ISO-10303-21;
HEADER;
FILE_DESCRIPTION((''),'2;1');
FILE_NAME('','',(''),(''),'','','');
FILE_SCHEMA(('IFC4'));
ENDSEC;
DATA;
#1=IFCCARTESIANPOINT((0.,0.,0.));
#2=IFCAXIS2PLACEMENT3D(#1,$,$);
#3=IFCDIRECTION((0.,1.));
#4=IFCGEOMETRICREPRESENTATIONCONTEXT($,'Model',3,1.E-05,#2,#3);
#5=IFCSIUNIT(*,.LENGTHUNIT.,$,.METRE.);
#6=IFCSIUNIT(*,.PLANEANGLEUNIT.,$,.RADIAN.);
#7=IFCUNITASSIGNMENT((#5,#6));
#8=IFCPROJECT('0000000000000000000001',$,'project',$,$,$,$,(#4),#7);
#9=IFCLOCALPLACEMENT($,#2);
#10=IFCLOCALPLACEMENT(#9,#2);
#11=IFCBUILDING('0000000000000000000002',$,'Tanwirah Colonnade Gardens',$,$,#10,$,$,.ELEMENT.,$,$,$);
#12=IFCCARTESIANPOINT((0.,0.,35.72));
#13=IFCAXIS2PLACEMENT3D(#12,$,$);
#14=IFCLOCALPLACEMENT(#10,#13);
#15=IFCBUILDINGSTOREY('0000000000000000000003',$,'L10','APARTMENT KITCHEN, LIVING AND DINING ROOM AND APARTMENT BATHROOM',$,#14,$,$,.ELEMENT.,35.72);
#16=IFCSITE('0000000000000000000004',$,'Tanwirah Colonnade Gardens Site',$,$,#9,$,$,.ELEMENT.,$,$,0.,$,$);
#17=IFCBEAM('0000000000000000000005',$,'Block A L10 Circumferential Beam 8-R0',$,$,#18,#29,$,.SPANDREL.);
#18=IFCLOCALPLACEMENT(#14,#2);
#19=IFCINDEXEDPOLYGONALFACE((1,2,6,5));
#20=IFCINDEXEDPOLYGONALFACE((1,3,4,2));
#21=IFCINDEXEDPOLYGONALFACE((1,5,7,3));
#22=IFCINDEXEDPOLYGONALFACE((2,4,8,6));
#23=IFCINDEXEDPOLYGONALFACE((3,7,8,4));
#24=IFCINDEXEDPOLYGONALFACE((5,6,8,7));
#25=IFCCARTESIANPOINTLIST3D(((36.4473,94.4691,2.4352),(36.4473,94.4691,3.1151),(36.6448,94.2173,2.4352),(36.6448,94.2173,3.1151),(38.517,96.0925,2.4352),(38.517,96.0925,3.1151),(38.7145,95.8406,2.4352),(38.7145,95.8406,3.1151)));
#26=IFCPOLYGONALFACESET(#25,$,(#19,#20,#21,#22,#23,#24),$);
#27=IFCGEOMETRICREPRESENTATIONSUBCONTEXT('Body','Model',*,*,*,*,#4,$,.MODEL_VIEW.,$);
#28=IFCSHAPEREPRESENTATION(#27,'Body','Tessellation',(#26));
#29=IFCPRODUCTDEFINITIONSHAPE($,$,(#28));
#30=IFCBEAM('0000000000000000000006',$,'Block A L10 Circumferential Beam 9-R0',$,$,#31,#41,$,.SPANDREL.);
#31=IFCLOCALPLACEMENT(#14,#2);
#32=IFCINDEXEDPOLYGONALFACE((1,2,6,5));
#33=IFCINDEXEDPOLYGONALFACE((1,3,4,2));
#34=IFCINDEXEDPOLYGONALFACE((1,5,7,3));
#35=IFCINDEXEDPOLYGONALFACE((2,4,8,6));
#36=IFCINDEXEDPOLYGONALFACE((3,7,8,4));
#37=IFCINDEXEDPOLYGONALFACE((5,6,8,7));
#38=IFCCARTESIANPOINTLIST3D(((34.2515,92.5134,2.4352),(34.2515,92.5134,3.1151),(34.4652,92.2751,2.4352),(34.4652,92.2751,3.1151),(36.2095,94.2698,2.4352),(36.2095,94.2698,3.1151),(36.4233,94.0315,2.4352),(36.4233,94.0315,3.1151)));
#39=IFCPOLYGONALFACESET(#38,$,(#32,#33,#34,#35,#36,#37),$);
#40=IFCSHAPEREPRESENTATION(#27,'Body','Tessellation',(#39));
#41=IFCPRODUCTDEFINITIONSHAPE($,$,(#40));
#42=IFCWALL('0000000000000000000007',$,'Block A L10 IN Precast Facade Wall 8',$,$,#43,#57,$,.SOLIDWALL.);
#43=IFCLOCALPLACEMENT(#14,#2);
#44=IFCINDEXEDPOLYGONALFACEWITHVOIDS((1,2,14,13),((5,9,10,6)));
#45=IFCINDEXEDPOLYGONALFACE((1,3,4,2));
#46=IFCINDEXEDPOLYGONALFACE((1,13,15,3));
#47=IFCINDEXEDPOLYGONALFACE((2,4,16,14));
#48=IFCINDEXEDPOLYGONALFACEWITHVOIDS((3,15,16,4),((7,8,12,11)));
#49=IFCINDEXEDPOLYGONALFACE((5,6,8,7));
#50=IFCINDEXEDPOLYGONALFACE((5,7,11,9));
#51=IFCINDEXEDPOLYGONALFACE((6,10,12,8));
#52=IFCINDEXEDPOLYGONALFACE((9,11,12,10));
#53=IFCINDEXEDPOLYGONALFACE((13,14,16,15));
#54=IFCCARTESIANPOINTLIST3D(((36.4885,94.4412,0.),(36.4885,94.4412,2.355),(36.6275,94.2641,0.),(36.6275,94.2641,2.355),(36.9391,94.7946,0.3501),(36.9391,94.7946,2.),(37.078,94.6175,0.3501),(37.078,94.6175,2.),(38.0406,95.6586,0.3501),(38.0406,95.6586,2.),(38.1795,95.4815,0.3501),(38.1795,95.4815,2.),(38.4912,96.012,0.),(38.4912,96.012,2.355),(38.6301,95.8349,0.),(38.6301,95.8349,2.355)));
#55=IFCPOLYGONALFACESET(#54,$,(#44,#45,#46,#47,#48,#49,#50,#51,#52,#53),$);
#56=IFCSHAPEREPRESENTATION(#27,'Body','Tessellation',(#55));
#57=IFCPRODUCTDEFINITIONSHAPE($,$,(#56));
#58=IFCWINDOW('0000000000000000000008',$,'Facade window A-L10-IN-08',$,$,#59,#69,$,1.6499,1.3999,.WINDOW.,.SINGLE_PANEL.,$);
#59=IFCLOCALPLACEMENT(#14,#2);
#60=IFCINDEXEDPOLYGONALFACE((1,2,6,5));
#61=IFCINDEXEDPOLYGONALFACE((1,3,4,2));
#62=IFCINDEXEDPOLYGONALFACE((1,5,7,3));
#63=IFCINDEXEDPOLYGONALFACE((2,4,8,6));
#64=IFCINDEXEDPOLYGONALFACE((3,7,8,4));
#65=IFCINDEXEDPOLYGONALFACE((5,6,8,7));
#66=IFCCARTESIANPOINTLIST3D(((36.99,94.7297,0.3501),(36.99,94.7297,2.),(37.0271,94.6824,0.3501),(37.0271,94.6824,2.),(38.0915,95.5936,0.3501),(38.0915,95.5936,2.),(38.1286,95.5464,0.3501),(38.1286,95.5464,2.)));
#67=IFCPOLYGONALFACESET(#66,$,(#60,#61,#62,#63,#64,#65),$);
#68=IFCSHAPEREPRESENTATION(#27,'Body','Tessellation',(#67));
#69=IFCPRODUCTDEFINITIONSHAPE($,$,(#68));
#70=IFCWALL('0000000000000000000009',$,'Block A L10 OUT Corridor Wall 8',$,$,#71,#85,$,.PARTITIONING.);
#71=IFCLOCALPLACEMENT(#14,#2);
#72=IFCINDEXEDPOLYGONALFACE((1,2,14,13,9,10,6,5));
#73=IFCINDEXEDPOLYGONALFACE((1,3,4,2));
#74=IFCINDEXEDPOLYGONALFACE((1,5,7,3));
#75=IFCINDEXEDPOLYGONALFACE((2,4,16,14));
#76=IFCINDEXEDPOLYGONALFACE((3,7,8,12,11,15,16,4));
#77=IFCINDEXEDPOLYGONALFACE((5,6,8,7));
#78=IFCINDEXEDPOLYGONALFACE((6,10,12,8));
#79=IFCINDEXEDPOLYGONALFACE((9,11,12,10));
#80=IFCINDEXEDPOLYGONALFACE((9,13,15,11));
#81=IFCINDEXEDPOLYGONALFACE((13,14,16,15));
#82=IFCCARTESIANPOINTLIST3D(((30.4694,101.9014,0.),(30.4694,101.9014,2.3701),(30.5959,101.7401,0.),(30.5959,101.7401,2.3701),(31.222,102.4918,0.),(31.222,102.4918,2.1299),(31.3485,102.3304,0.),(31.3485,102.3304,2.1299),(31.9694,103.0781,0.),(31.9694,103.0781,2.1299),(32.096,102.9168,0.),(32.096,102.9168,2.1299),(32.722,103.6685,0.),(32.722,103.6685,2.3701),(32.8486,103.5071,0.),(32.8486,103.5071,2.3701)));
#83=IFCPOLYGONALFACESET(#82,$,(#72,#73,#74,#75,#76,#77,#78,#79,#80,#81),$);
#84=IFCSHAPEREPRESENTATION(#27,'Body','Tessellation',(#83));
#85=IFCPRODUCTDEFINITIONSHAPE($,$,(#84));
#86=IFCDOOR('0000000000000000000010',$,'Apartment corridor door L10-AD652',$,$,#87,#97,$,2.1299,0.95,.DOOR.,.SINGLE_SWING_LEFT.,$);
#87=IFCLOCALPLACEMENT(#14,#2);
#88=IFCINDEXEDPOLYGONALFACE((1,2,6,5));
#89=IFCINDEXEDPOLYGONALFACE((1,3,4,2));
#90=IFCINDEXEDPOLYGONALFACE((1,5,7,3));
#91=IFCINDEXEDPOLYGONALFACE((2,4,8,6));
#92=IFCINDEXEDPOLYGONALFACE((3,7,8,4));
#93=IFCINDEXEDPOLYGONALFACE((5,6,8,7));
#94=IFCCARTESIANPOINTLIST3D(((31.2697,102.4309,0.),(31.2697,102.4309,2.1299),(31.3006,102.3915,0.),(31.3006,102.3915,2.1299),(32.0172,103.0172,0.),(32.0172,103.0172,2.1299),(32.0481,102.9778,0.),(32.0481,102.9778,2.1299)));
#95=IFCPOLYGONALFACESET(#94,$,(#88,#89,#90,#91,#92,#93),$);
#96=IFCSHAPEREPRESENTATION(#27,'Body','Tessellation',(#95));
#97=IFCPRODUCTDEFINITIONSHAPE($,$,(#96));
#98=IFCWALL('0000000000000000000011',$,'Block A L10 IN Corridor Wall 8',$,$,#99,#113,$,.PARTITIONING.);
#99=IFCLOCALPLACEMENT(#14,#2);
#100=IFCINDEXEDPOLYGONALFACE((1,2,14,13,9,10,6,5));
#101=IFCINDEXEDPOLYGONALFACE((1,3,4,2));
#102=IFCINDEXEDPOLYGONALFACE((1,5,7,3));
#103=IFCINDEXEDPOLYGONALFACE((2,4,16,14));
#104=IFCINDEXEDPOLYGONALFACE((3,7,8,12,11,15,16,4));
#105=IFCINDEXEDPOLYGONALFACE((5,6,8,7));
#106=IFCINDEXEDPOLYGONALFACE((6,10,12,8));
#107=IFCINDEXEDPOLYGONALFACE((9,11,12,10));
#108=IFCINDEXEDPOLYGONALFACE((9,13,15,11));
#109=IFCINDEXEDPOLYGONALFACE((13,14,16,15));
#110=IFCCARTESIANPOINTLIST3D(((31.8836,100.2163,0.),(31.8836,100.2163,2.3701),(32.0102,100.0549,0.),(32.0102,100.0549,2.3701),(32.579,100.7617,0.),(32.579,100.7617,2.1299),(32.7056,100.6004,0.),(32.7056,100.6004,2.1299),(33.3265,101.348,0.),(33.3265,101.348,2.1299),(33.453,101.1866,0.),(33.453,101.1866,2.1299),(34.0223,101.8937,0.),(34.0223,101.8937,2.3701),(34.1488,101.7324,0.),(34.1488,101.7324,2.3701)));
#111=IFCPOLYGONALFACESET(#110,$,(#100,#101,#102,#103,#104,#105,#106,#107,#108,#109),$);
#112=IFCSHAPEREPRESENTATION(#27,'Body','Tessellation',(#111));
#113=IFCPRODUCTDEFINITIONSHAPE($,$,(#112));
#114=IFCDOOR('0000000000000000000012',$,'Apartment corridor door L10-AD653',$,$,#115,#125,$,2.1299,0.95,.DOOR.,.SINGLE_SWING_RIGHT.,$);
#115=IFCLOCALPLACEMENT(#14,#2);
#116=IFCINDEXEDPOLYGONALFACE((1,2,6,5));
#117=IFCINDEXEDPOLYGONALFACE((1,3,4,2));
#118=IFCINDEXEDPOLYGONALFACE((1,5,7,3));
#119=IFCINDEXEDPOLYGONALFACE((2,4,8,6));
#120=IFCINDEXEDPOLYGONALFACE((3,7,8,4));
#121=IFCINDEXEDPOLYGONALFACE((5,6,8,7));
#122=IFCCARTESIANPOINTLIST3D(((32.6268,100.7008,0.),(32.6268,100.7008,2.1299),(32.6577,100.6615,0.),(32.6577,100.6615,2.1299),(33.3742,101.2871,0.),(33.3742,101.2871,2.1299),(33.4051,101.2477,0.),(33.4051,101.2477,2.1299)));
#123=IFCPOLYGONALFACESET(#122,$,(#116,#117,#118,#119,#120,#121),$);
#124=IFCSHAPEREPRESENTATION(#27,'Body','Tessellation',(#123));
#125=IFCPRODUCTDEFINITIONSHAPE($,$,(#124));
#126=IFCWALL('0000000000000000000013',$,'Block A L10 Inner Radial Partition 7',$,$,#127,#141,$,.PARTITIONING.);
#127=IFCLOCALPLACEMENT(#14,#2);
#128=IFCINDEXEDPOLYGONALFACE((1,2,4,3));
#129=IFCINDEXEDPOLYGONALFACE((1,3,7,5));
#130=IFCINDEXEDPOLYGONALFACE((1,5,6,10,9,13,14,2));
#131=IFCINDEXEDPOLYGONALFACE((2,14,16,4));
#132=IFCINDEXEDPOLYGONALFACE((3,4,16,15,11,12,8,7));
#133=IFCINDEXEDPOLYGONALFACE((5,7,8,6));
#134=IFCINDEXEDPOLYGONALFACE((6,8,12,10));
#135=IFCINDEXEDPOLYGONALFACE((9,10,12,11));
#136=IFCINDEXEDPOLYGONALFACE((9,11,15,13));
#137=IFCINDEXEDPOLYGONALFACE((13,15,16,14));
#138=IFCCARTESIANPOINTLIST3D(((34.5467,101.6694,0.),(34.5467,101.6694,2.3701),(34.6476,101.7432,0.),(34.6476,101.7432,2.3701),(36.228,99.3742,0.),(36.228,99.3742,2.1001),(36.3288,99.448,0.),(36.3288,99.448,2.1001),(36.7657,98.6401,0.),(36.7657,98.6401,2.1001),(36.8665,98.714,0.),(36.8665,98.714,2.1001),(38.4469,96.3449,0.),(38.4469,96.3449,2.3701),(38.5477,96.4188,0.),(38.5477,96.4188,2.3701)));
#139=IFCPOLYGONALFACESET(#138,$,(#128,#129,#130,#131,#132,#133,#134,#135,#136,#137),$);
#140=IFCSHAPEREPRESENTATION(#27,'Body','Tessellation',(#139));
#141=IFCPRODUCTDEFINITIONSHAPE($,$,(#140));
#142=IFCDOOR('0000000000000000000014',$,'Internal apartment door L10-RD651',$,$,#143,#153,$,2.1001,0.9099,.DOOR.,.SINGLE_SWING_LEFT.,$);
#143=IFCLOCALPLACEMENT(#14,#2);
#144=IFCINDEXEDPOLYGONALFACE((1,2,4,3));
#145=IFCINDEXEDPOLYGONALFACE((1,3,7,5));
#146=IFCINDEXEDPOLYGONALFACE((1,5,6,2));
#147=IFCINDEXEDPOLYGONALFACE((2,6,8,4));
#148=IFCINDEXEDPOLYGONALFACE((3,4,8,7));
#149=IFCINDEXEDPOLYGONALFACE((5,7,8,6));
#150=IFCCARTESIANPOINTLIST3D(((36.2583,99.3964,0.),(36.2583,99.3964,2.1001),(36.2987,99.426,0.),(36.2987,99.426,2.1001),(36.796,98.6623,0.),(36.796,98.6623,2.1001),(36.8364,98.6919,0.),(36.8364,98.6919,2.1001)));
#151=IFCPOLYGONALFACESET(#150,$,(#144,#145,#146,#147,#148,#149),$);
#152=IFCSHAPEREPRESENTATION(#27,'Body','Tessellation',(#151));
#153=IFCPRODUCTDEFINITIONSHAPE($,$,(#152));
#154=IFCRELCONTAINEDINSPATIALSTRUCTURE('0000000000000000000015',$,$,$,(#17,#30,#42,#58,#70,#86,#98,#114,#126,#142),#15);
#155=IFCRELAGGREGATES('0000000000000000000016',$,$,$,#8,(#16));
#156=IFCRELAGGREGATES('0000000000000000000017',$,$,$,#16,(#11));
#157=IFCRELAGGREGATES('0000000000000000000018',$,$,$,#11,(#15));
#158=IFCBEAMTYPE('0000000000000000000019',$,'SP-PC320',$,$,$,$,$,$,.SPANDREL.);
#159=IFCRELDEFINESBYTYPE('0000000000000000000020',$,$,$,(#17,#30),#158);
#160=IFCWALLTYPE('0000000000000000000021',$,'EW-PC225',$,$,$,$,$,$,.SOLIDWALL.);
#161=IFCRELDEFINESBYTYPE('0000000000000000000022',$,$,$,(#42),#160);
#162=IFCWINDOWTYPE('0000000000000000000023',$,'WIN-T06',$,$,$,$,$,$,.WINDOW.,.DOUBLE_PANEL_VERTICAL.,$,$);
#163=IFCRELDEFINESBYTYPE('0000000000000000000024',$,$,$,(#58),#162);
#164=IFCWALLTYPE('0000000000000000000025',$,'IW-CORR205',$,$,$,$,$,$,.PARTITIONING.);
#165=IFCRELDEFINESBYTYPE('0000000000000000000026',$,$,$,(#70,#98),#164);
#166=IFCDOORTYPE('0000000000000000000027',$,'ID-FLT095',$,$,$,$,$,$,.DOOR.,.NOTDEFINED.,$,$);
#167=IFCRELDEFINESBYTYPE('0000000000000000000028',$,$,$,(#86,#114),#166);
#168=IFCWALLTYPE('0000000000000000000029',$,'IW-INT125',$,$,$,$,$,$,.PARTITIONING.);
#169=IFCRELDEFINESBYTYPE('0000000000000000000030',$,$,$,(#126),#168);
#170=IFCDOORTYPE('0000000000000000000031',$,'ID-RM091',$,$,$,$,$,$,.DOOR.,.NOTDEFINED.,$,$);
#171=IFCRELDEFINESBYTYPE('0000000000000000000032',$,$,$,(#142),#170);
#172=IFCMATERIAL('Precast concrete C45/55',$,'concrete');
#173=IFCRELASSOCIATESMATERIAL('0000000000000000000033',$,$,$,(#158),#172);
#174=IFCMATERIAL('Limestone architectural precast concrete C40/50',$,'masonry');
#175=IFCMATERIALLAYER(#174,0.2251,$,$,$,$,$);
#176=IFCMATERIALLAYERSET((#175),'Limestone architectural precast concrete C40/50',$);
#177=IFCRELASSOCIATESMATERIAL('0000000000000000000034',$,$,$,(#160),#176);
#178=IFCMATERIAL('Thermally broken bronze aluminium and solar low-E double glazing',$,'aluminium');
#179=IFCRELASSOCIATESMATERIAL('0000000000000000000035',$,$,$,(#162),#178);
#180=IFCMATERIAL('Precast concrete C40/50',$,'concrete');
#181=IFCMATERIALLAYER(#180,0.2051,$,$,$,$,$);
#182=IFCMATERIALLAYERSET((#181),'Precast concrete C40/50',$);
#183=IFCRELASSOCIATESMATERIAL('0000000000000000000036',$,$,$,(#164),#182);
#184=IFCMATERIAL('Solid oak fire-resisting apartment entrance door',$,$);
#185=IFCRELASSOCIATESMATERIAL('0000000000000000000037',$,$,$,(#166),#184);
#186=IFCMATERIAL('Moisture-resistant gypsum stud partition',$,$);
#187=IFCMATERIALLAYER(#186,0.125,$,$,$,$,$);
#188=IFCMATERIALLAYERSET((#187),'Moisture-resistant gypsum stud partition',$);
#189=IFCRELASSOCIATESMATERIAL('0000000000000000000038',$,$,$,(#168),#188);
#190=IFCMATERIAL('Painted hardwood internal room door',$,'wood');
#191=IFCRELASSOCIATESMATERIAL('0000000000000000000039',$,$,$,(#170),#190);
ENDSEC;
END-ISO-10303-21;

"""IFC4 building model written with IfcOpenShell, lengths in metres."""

from ifc_helpers import new_model, si_unit, direction, frame, frame_2d, origin, origin_2d, place, context, subcontext, project, spatial, rectangle, extrude, material, layer, layer_set, material_profile, profile_set, type_object, element, fill, save


model = new_model("IFC4")

# Units and contexts
model_context = context("Model", 3, precision=1e-05, world=origin(), true_north=direction((0.0, 1.0)))
body_context = subcontext(model_context, "Body", "Model", "MODEL_VIEW")
ifc_project = project(units=[si_unit("LENGTHUNIT", "METRE"), si_unit("PLANEANGLEUNIT", "RADIAN")], contexts=[model_context])

# Site, building, storey
site_placement = place(None, origin())
site = spatial("IfcSite", under=ifc_project, at=site_placement, Name="Tanwirah Colonnade Gardens Site", CompositionType="ELEMENT", RefElevation=0.0)
building_placement = place(site_placement, origin())
building = spatial("IfcBuilding", under=site, at=building_placement, Name="Tanwirah Colonnade Gardens", CompositionType="ELEMENT")
storey_placement = place(building_placement, frame((0.0, 0.0, 35.72)))
storey = spatial("IfcBuildingStorey", under=building, at=storey_placement, Name="L10", Description="APARTMENT KITCHEN, LIVING AND DINING ROOM AND APARTMENT BATHROOM", CompositionType="ELEMENT", Elevation=35.72)

# Shared definitions
ifc_material_1 = material(Name="Precast concrete C40/50", Category="concrete")

# Beams
ifc_material_2 = material(Name="Precast concrete C45/55", Category="concrete")
ifc_material_profile_1 = material_profile(ifc_material_2, rectangle(XDim=0.3201, YDim=0.6799, at=origin_2d()), Name="PC-SP 320x680")
ifc_profile_set_1 = profile_set([ifc_material_profile_1], Name="Precast concrete C45/55")
beam_type_1 = type_object("IfcBeamType", Name="SP-PC320", PredefinedType="SPANDREL", material=ifc_profile_set_1)
for number, where, z_axis, x_axis, name in (
    (1, (38.6157, 95.9666, 2.7751), (-0.786837, -0.617161, 0.0), (0.617161, -0.786837, 0.0), "Block A L10 Circumferential Beam 8-R0"),
    (2, (36.3164, 94.1506, 2.7751), (-0.744401, -0.667733, 0.0), (0.667733, -0.744401, 0.0), "Block A L10 Circumferential Beam 9-R0"),
):
    element("IfcBeam", number, at=place(storey_placement, frame(where, z_axis=z_axis, x_axis=x_axis)), inside=storey, type_object=beam_type_1, Name=name, PredefinedType="SPANDREL", context=body_context, shape_type="SweptSolid", body=[
        extrude(rectangle(XDim=0.3201, YDim=0.6799, at=origin_2d()), origin(), (0.0, 0.0, 1.0), 2.6304),
    ])

# Wall, opening, window
ifc_material_3 = material(Name="Limestone architectural precast concrete C40/50", Category="masonry")
ifc_layer_1 = layer(ifc_material_3, 0.2251)
ifc_layer_set_1 = layer_set([ifc_layer_1], Name="Limestone architectural precast concrete C40/50")
wall_type_1 = type_object("IfcWallType", Name="EW-PC225", PredefinedType="SOLIDWALL", material=ifc_layer_set_1)
wall_1_placement = place(storey_placement, frame((38.5605, 95.9233, 0.0), z_axis=(0.0, 0.0, 1.0), x_axis=(-0.786841, -0.617156, 0.0)))
wall_1 = element("IfcWall", 3, at=wall_1_placement, inside=storey, type_object=wall_type_1, Name="Block A L10 IN Precast Facade Wall 8", PredefinedType="SOLIDWALL", context=body_context, shape_type="SweptSolid", body=[
    extrude(rectangle(XDim=2.5452, YDim=0.2251, at=frame_2d((1.2725, 0.0))), origin(), (0.0, 0.0, 1.0), 2.355),
])
opening_1_placement = place(wall_1_placement, frame((0.5725, 0.0, 0.3501)))
opening_1 = element("IfcOpeningElement", 4, at=opening_1_placement, cuts=wall_1, PredefinedType="OPENING", context=body_context, shape_type="SweptSolid", body=[
    extrude(rectangle(XDim=1.3999, YDim=1.6499, at=frame_2d((0.7, 0.825))), frame((0.0, 0.1226, 0.0), z_axis=(0.0, -1.0, 0.0), x_axis=(1.0, 0.0, 0.0)), (0.0, 0.0, 1.0), 0.2451),
])
ifc_material_4 = material(Name="Thermally broken bronze aluminium and solar low-E double glazing", Category="aluminium")
window_type = type_object("IfcWindowType", Name="WIN-T06", PartitioningType="DOUBLE_PANEL_VERTICAL", PredefinedType="WINDOW", material=ifc_material_4)
window_placement = place(opening_1_placement, origin())
window = element("IfcWindow", 5, at=window_placement, inside=storey, type_object=window_type, Name="Facade window A-L10-IN-08", OverallHeight=1.6499, OverallWidth=1.3999, PartitioningType="SINGLE_PANEL", PredefinedType="WINDOW", context=body_context, shape_type="SweptSolid", body=[
    extrude(rectangle(XDim=1.3999, YDim=1.6499, at=frame_2d((0.7, 0.825))), frame((0.0, 0.03, 0.0), z_axis=(0.0, -1.0, 0.0), x_axis=(1.0, 0.0, 0.0)), (0.0, 0.0, 1.0), 0.0601),
])
fill(opening_1, window)

# Walls, openings, doors
ifc_layer_2 = layer(ifc_material_1, 0.2051)
ifc_layer_set_2 = layer_set([ifc_layer_2], Name="Precast concrete C40/50")
wall_type_2 = type_object("IfcWallType", Name="IW-CORR205", PredefinedType="PARTITIONING", material=ifc_layer_set_2)
ifc_material_5 = material(Name="Solid oak fire-resisting apartment entrance door")
wall_2_placement = place(storey_placement, frame((32.7854, 103.5879, 0.0), z_axis=(0.0, 0.0, 1.0), x_axis=(-0.786806, -0.6172, 0.0)))
wall_2 = element("IfcWall", 6, at=wall_2_placement, inside=storey, type_object=wall_type_2, Name="Block A L10 OUT Corridor Wall 8", PredefinedType="PARTITIONING", context=body_context, shape_type="SweptSolid", body=[
    extrude(rectangle(XDim=2.863, YDim=0.2051, at=frame_2d((1.4316, 0.0))), origin(), (0.0, 0.0, 1.0), 2.3701),
])
opening_2_placement = place(wall_2_placement, frame((0.9565, 0.0, 0.0)))
opening_2 = element("IfcOpeningElement", 7, at=opening_2_placement, cuts=wall_2, PredefinedType="OPENING", context=body_context, shape_type="SweptSolid", body=[
    extrude(rectangle(XDim=0.95, YDim=2.1299, at=frame_2d((0.4751, 1.0649))), frame((0.0, 0.1125, 0.0), z_axis=(0.0, -1.0, 0.0), x_axis=(1.0, 0.0, 0.0)), (0.0, 0.0, 1.0), 0.2251),
])
door_type_1 = type_object("IfcDoorType", Name="ID-FLT095", OperationType="NOTDEFINED", PredefinedType="DOOR", material=ifc_material_5)
door_1_placement = place(opening_2_placement, origin())
door_1 = element("IfcDoor", 8, at=door_1_placement, inside=storey, type_object=door_type_1, Name="Apartment corridor door L10-AD652", OperationType="SINGLE_SWING_LEFT", OverallHeight=2.1299, OverallWidth=0.95, PredefinedType="DOOR", context=body_context, shape_type="SweptSolid", body=[
    extrude(rectangle(XDim=0.95, YDim=2.1299, at=frame_2d((0.4751, 1.0649))), frame((0.0, 0.0249, 0.0), z_axis=(0.0, -1.0, 0.0), x_axis=(1.0, 0.0, 0.0)), (0.0, 0.0, 1.0), 0.05),
])
fill(opening_2, door_1)
wall_3_placement = place(storey_placement, frame((34.0854, 101.813, 0.0), z_axis=(0.0, 0.0, 1.0), x_axis=(-0.786835, -0.617163, 0.0)))
wall_3 = element("IfcWall", 9, at=wall_3_placement, inside=storey, type_object=wall_type_2, Name="Block A L10 IN Corridor Wall 8", PredefinedType="PARTITIONING", context=body_context, shape_type="SweptSolid", body=[
    extrude(rectangle(XDim=2.718, YDim=0.2051, at=frame_2d((1.3589, 0.0))), origin(), (0.0, 0.0, 1.0), 2.3701),
])
opening_3_placement = place(wall_3_placement, frame((0.884, 0.0, 0.0)))
opening_3 = element("IfcOpeningElement", 10, at=opening_3_placement, cuts=wall_3, PredefinedType="OPENING", context=body_context, shape_type="SweptSolid", body=[
    extrude(rectangle(XDim=0.95, YDim=2.1299, at=frame_2d((0.4751, 1.0649))), frame((0.0, 0.1125, 0.0), z_axis=(0.0, -1.0, 0.0), x_axis=(1.0, 0.0, 0.0)), (0.0, 0.0, 1.0), 0.2251),
])
door_2_placement = place(opening_3_placement, origin())
door_2 = element("IfcDoor", 11, at=door_2_placement, inside=storey, type_object=door_type_1, Name="Apartment corridor door L10-AD653", OperationType="SINGLE_SWING_RIGHT", OverallHeight=2.1299, OverallWidth=0.95, PredefinedType="DOOR", context=body_context, shape_type="SweptSolid", body=[
    extrude(rectangle(XDim=0.95, YDim=2.1299, at=frame_2d((0.4751, 1.0649))), frame((0.0, 0.0249, 0.0), z_axis=(0.0, -1.0, 0.0), x_axis=(1.0, 0.0, 0.0)), (0.0, 0.0, 1.0), 0.05),
])
fill(opening_3, door_2)
ifc_material_6 = material(Name="Moisture-resistant gypsum stud partition")
ifc_layer_3 = layer(ifc_material_6, 0.125)
ifc_layer_set_3 = layer_set([ifc_layer_3], Name="Moisture-resistant gypsum stud partition")
wall_type_3 = type_object("IfcWallType", Name="IW-INT125", PredefinedType="PARTITIONING", material=ifc_layer_set_3)
wall_4_placement = place(storey_placement, frame((38.4973, 96.3818, 0.0), z_axis=(0.0, 0.0, 1.0), x_axis=(-0.590924, 0.806727, 0.0)))
wall_4 = element("IfcWall", 12, at=wall_4_placement, inside=storey, type_object=wall_type_3, Name="Block A L10 Inner Radial Partition 7", PredefinedType="PARTITIONING", context=body_context, shape_type="SweptSolid", body=[
    extrude(rectangle(XDim=6.6001, YDim=0.125, at=frame_2d((3.3, 0.0))), origin(), (0.0, 0.0, 1.0), 2.3701),
])
opening_4_placement = place(wall_4_placement, frame((2.845, 0.0, 0.0)))
opening_4 = element("IfcOpeningElement", 13, at=opening_4_placement, cuts=wall_4, PredefinedType="OPENING", context=body_context, shape_type="SweptSolid", body=[
    extrude(rectangle(XDim=0.9099, YDim=2.1001, at=frame_2d((0.4551, 1.05))), frame((0.0, 0.0725, 0.0), z_axis=(0.0, -1.0, 0.0), x_axis=(1.0, 0.0, 0.0)), (0.0, 0.0, 1.0), 0.145),
])
ifc_material_7 = material(Name="Painted hardwood internal room door", Category="wood")
door_type_2 = type_object("IfcDoorType", Name="ID-RM091", OperationType="NOTDEFINED", PredefinedType="DOOR", material=ifc_material_7)
door_3_placement = place(opening_4_placement, origin())
door_3 = element("IfcDoor", 14, at=door_3_placement, inside=storey, type_object=door_type_2, Name="Internal apartment door L10-RD651", OperationType="SINGLE_SWING_LEFT", OverallHeight=2.1001, OverallWidth=0.9099, PredefinedType="DOOR", context=body_context, shape_type="SweptSolid", body=[
    extrude(rectangle(XDim=0.9099, YDim=2.1001, at=frame_2d((0.4551, 1.05))), frame((0.0, 0.0249, 0.0), z_axis=(0.0, -1.0, 0.0), x_axis=(1.0, 0.0, 0.0)), (0.0, 0.0, 1.0), 0.05),
])
fill(opening_4, door_3)

save(model, "model.ifc")
